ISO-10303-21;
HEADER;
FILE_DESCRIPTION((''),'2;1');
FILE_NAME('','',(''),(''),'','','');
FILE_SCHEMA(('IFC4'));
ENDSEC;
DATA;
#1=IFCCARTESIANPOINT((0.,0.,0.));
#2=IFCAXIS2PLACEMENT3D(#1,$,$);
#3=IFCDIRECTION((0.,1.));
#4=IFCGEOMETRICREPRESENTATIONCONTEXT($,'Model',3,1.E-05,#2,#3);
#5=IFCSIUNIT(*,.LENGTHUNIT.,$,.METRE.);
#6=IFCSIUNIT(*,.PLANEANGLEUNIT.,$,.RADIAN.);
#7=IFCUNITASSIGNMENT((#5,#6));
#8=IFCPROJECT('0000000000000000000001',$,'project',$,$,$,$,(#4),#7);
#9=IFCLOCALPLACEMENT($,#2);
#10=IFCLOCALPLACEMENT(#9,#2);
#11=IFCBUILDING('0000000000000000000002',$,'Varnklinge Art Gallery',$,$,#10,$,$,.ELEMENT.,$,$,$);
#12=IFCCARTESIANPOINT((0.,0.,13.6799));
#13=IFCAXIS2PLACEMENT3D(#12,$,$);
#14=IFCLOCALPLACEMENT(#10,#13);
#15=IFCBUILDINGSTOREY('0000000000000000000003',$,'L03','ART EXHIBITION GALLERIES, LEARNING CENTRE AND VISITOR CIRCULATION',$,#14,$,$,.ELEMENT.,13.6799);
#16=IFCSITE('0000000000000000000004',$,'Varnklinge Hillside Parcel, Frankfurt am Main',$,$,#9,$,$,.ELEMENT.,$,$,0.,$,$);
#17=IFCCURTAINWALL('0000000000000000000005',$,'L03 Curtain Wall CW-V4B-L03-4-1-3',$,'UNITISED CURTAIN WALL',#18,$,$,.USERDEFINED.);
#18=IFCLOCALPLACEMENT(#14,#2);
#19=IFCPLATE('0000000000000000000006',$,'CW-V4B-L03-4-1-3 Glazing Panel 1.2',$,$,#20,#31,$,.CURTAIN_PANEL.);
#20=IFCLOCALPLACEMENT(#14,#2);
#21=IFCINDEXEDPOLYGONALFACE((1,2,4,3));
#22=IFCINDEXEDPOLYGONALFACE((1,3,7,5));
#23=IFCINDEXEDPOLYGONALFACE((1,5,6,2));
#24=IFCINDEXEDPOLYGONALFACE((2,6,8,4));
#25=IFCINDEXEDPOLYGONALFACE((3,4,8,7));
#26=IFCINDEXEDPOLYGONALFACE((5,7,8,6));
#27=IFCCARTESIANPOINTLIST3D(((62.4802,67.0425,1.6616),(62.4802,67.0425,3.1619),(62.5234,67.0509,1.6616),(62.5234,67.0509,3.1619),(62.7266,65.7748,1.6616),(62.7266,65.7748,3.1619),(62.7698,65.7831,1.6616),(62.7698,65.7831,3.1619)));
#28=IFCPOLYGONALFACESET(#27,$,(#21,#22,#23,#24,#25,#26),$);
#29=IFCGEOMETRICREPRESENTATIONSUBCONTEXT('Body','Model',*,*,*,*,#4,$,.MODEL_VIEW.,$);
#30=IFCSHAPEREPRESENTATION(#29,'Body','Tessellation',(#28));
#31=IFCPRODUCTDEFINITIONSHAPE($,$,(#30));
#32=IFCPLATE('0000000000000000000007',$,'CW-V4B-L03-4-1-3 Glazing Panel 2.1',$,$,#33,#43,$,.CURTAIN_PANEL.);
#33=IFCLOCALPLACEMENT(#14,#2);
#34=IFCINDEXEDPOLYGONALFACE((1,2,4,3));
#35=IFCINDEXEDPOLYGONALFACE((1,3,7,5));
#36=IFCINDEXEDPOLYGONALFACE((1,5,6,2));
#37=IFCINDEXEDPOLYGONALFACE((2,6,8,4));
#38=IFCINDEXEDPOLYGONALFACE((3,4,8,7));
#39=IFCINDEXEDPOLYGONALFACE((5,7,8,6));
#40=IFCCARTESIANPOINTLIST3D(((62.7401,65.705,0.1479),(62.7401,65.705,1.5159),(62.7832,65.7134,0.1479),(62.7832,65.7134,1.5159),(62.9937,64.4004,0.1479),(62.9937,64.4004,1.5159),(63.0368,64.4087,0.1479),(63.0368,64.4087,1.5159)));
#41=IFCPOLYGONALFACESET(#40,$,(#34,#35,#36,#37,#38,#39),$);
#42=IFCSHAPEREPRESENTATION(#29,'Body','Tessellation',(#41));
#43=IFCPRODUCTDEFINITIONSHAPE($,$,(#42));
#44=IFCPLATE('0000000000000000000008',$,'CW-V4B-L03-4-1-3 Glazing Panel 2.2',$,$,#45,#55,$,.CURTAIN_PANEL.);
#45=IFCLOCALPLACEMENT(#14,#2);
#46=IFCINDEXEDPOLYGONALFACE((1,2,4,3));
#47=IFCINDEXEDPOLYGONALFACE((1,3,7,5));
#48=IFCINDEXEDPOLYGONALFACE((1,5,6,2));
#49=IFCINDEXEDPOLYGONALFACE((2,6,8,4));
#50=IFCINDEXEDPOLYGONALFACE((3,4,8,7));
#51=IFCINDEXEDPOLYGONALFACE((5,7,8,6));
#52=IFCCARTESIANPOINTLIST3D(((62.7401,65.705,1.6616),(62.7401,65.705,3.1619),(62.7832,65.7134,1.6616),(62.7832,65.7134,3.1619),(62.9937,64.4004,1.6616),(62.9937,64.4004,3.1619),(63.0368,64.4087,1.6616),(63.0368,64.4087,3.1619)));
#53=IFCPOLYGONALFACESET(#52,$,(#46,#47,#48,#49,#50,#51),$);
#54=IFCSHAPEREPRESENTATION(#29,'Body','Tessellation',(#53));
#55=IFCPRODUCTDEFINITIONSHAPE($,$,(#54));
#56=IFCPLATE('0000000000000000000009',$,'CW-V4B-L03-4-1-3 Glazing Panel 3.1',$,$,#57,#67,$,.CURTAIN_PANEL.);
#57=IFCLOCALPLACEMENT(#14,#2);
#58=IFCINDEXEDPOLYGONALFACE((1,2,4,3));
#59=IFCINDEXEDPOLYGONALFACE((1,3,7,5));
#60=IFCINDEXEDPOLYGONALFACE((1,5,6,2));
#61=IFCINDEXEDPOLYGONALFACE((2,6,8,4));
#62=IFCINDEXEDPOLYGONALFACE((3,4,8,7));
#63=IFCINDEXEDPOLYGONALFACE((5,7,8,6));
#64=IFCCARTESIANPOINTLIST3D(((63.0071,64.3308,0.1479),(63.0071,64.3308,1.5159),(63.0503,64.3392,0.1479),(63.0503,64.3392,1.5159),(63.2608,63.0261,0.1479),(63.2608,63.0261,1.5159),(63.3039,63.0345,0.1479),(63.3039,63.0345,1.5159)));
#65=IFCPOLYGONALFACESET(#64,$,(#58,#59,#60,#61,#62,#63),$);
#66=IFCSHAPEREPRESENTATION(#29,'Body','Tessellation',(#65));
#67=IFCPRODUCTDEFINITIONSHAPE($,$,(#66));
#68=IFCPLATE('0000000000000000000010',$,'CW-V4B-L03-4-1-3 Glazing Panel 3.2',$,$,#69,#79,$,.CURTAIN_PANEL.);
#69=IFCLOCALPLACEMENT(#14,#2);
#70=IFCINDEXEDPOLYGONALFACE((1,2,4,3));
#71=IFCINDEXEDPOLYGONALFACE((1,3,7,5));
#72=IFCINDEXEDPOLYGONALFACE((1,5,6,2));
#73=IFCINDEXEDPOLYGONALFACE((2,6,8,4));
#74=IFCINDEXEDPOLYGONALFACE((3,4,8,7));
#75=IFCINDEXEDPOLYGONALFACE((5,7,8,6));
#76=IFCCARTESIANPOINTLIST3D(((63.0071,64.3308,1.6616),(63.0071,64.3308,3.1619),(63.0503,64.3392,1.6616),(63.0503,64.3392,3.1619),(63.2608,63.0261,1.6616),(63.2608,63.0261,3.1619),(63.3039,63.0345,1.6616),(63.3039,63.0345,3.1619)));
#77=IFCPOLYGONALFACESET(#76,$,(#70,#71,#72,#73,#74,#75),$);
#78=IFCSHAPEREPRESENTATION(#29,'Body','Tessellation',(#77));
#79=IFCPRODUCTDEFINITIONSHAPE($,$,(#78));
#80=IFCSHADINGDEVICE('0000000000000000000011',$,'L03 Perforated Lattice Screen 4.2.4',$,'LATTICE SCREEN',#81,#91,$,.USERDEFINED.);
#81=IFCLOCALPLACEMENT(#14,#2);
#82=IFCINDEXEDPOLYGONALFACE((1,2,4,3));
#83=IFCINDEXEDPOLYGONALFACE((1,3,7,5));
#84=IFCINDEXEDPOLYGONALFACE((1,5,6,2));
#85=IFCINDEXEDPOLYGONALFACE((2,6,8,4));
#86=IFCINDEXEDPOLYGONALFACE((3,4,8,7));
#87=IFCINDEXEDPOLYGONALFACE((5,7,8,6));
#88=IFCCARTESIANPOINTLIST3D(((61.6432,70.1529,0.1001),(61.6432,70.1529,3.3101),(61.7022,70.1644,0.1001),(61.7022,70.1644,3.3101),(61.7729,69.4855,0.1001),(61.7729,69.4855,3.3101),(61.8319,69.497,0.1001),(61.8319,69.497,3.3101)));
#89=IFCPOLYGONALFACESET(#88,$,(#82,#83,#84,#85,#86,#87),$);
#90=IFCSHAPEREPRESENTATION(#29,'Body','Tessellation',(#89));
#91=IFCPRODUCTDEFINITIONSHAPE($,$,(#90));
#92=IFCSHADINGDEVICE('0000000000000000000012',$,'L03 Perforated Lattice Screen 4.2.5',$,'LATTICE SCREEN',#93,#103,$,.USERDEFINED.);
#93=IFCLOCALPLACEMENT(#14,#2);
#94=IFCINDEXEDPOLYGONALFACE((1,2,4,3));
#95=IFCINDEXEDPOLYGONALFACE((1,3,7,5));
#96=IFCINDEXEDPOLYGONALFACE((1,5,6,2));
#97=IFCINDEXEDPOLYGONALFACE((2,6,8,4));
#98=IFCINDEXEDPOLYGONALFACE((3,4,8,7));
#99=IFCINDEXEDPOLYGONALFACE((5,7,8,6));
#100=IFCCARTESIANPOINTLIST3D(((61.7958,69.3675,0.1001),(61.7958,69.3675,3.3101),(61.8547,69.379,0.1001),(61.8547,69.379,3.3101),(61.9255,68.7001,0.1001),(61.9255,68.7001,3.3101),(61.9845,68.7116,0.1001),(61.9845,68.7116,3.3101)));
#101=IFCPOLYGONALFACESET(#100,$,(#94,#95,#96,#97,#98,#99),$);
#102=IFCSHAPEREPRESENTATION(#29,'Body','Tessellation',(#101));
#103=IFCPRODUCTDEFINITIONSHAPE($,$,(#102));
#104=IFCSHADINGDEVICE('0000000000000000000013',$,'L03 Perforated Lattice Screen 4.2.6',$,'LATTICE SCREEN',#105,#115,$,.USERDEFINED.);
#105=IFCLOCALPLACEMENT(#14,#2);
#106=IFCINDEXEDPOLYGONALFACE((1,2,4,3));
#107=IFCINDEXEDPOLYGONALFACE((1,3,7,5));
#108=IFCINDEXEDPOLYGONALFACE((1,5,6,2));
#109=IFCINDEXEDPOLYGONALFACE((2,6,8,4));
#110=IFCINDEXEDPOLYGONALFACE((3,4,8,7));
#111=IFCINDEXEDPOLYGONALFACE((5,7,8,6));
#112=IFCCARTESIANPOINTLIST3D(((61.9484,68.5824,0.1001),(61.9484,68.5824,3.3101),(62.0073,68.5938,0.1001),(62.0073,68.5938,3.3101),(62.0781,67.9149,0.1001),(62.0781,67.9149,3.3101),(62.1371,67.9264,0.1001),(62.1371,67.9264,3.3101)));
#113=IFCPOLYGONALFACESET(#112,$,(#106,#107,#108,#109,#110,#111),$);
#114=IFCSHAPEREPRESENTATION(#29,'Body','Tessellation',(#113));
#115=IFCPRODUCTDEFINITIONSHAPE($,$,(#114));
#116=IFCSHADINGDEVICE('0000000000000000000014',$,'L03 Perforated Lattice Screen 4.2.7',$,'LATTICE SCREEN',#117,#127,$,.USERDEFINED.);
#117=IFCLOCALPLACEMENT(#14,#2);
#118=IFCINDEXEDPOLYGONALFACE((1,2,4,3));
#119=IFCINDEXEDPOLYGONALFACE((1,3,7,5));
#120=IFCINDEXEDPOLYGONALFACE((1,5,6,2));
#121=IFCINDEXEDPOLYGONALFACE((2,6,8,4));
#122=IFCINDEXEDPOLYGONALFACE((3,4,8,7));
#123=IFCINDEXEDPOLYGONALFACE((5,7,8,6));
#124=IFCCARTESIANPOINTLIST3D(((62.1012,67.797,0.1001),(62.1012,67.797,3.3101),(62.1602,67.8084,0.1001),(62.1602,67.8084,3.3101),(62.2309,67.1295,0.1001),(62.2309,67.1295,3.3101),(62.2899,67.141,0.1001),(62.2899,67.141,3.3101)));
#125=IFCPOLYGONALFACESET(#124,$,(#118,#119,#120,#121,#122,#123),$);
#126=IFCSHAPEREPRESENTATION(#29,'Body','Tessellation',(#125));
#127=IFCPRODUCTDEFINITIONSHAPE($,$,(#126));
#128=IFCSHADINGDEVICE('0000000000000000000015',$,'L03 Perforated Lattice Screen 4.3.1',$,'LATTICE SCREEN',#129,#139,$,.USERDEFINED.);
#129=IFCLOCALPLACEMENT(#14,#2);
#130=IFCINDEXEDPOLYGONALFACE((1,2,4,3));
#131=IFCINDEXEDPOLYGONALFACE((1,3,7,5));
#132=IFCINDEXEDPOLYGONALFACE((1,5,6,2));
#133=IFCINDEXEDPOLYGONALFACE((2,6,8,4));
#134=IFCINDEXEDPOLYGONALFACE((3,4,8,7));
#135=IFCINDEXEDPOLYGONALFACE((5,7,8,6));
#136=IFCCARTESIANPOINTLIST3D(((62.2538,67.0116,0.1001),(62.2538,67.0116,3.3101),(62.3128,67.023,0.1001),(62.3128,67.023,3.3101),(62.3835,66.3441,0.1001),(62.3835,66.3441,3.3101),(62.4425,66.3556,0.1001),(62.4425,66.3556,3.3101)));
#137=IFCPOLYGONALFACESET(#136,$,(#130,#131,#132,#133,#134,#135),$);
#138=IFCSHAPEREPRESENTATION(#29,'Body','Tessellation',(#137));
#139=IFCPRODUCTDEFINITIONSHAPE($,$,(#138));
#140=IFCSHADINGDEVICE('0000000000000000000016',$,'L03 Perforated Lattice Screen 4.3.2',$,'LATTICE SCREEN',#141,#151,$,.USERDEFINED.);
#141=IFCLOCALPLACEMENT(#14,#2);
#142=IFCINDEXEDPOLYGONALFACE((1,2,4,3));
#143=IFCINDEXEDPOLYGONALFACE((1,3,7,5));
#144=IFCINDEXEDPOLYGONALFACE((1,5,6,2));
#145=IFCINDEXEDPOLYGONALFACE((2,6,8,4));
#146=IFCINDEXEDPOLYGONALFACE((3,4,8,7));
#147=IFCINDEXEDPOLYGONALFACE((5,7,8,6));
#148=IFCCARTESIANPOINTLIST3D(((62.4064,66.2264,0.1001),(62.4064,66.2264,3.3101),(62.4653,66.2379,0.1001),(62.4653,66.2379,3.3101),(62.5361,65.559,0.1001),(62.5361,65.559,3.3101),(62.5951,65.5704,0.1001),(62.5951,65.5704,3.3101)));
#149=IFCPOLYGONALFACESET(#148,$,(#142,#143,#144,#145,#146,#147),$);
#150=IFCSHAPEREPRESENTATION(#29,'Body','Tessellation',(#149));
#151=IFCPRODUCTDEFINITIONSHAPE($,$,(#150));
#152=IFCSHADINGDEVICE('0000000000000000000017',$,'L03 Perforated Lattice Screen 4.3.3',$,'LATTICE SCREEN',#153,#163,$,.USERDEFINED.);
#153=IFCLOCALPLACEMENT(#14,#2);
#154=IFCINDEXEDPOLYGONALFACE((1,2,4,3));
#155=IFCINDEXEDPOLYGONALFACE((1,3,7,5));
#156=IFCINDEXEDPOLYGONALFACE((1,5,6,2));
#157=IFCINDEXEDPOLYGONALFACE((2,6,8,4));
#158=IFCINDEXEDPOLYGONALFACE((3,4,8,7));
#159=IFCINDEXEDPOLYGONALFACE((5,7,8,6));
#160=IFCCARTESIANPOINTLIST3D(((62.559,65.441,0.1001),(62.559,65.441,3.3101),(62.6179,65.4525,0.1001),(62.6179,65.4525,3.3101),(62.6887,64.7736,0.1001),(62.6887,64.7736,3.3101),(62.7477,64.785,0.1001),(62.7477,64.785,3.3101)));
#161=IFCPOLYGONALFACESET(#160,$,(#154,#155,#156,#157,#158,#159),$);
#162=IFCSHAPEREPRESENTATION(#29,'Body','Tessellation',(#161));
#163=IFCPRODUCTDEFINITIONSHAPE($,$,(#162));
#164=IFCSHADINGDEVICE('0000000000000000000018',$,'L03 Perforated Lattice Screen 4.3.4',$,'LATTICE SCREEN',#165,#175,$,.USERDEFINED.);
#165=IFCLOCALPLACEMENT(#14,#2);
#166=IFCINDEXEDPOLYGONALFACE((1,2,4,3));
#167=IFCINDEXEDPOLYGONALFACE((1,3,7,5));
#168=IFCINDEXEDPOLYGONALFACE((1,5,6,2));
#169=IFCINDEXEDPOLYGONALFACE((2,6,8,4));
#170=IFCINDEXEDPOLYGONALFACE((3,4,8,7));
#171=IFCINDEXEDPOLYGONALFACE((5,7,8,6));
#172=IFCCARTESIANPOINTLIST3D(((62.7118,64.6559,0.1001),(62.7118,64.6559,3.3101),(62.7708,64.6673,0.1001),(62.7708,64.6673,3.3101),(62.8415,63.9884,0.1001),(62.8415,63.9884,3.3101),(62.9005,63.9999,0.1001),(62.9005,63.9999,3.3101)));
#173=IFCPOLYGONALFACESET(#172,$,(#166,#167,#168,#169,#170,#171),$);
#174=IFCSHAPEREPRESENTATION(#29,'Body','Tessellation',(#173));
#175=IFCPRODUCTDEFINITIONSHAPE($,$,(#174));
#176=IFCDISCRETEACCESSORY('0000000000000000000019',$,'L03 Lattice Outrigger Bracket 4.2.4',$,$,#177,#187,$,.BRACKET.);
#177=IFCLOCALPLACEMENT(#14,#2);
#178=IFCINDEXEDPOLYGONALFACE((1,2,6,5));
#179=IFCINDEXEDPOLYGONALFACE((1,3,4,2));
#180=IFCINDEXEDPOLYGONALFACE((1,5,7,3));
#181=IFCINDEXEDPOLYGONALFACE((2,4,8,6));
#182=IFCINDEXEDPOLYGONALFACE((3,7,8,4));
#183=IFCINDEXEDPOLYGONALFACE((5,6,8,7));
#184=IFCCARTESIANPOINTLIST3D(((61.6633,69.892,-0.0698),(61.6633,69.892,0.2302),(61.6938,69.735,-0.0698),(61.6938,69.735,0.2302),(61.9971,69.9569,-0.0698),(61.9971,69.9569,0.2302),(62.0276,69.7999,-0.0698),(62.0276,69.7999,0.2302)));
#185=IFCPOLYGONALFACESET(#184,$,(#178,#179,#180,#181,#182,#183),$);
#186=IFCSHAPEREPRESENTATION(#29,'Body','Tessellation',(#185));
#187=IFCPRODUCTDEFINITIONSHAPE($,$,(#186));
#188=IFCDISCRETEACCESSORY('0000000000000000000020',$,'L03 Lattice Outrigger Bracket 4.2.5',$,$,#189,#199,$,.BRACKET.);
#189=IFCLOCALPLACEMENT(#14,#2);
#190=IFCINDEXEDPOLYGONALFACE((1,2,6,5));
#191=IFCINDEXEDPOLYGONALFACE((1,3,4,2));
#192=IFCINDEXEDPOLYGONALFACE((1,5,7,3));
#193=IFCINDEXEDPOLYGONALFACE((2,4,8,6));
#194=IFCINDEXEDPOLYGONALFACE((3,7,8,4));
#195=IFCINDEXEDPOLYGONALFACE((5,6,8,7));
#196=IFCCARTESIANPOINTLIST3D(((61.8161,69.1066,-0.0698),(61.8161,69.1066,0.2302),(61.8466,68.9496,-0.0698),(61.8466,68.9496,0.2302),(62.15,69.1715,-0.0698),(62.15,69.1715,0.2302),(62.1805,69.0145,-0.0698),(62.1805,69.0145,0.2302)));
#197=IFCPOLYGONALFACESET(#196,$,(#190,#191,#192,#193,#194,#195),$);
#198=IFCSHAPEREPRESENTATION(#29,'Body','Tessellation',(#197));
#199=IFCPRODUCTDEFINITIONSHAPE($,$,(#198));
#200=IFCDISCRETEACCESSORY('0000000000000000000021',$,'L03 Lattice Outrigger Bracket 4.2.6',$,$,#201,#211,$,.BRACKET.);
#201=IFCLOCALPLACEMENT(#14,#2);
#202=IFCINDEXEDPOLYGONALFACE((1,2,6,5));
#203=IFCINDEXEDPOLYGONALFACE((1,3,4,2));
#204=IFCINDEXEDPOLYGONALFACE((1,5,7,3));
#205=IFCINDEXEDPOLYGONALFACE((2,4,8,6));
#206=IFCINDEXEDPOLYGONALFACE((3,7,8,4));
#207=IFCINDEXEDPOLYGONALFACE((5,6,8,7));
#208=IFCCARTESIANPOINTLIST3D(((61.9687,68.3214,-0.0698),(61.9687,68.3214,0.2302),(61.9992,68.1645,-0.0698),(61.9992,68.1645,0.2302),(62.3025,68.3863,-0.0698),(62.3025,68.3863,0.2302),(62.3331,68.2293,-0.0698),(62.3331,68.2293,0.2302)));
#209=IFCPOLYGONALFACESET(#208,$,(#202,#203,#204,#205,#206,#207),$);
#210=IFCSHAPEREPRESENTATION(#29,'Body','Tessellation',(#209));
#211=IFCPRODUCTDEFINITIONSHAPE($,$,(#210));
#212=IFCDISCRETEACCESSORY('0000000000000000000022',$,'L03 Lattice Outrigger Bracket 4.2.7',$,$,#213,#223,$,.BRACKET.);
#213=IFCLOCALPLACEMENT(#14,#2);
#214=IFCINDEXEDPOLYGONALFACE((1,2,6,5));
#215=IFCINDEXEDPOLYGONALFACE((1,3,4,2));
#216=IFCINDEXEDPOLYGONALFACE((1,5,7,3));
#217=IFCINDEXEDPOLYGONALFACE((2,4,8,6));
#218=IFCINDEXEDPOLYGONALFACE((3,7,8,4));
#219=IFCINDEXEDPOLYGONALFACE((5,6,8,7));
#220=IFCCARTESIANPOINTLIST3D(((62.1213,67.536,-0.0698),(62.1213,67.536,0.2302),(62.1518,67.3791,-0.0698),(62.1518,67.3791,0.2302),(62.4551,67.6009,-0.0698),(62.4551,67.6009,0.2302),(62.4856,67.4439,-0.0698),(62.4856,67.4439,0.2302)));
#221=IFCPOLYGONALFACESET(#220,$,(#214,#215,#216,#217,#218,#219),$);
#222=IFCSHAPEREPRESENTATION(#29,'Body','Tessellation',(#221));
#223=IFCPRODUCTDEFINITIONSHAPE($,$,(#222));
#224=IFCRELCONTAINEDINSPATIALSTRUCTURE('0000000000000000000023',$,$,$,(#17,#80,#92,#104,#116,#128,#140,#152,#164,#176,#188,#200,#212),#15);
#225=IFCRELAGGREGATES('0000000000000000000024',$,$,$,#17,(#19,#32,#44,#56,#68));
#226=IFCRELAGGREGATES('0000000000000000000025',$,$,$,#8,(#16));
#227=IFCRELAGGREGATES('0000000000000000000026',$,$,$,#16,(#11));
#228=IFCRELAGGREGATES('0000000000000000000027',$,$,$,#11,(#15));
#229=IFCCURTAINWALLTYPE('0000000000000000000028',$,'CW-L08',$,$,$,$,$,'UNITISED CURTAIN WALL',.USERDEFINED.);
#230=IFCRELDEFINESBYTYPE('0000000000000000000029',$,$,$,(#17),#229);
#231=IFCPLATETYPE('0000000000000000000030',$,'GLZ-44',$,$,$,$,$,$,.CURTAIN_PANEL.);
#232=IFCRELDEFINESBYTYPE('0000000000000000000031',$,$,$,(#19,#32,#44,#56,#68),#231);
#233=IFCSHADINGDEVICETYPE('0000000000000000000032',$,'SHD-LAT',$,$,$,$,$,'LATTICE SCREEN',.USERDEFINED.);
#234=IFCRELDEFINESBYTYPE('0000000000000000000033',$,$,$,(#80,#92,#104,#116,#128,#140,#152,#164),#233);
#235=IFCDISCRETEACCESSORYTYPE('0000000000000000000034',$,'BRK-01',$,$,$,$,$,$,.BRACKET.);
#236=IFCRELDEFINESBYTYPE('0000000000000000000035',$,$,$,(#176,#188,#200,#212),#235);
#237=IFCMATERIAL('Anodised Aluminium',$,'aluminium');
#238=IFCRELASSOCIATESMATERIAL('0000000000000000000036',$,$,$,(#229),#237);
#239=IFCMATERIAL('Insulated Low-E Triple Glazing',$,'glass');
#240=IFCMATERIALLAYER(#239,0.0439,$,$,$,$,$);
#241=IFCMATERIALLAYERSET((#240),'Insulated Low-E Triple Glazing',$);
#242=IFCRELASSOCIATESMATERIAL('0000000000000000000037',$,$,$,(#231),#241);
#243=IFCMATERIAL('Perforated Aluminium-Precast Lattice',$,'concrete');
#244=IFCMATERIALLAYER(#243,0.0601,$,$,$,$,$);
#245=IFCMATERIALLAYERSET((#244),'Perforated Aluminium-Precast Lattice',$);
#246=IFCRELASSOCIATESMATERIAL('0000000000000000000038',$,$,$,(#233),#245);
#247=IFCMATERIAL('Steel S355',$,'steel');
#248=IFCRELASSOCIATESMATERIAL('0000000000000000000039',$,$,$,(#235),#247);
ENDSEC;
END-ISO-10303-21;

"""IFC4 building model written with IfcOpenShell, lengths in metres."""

from ifc_helpers import new_model, si_unit, direction, frame, origin, origin_2d, place, context, subcontext, project, spatial, rectangle, extrude, material, layer, layer_set, type_object, element, aggregate, save


model = new_model("IFC4")

# Units and contexts
model_context = context("Model", 3, precision=1e-05, world=origin(), true_north=direction((0.0, 1.0)))
body_context = subcontext(model_context, "Body", "Model", "MODEL_VIEW")
ifc_project = project(units=[si_unit("LENGTHUNIT", "METRE"), si_unit("PLANEANGLEUNIT", "RADIAN")], contexts=[model_context])

# Site, building, storey
site_placement = place(None, origin())
site = spatial("IfcSite", under=ifc_project, at=site_placement, Name="Varnklinge Hillside Parcel, Frankfurt am Main", CompositionType="ELEMENT", RefElevation=0.0)
building_placement = place(site_placement, origin())
building = spatial("IfcBuilding", under=site, at=building_placement, Name="Varnklinge Art Gallery", CompositionType="ELEMENT")
storey_placement = place(building_placement, frame((0.0, 0.0, 13.6799)))
storey = spatial("IfcBuildingStorey", under=building, at=storey_placement, Name="L03", Description="ART EXHIBITION GALLERIES, LEARNING CENTRE AND VISITOR CIRCULATION", CompositionType="ELEMENT", Elevation=13.6799)

# Curtain wall
ifc_material_1 = material(Name="Anodised Aluminium", Category="aluminium")
curtain_wall_type = type_object("IfcCurtainWallType", Name="CW-L08", ElementType="UNITISED CURTAIN WALL", PredefinedType="USERDEFINED", material=ifc_material_1)
curtain_wall_1_placement = place(storey_placement, origin())
curtain_wall_1 = element("IfcCurtainWall", 1, at=curtain_wall_1_placement, inside=storey, type_object=curtain_wall_type, Name="L03 Curtain Wall CW-V4B-L03-4-1-3", ObjectType="UNITISED CURTAIN WALL", PredefinedType="USERDEFINED")

# Plates
ifc_material_2 = material(Name="Insulated Low-E Triple Glazing", Category="glass")
ifc_layer_1 = layer(ifc_material_2, 0.0439)
ifc_layer_set_1 = layer_set([ifc_layer_1], Name="Insulated Low-E Triple Glazing")
plate_type = type_object("IfcPlateType", Name="GLZ-44", PredefinedType="CURTAIN_PANEL", material=ifc_layer_set_1)
plate_1_placement = place(storey_placement, frame((62.625, 66.4128, 1.6616), z_axis=(0.0, 0.0, 1.0), x_axis=(0.190809, -0.981627, 0.0)))
plate_1 = element("IfcPlate", 2, at=plate_1_placement, type_object=plate_type, Name="CW-V4B-L03-4-1-3 Glazing Panel 1.2", PredefinedType="CURTAIN_PANEL", context=body_context, shape_type="SweptSolid", body=[
    extrude(rectangle(XDim=1.2915, YDim=0.0439, at=origin_2d()), origin(), (0.0, 0.0, 1.0), 1.5002),
])
plate_2_placement = place(storey_placement, frame((62.8884, 65.0569, 0.1479), z_axis=(0.0, 0.0, 1.0), x_axis=(0.190809, -0.981627, 0.0)))
plate_2 = element("IfcPlate", 3, at=plate_2_placement, type_object=plate_type, Name="CW-V4B-L03-4-1-3 Glazing Panel 2.1", PredefinedType="CURTAIN_PANEL", context=body_context, shape_type="SweptSolid", body=[
    extrude(rectangle(XDim=1.3291, YDim=0.0439, at=origin_2d()), origin(), (0.0, 0.0, 1.0), 1.3679),
])
plate_3_placement = place(storey_placement, frame((62.8884, 65.0569, 1.6616), z_axis=(0.0, 0.0, 1.0), x_axis=(0.190809, -0.981627, 0.0)))
plate_3 = element("IfcPlate", 4, at=plate_3_placement, type_object=plate_type, Name="CW-V4B-L03-4-1-3 Glazing Panel 2.2", PredefinedType="CURTAIN_PANEL", context=body_context, shape_type="SweptSolid", body=[
    extrude(rectangle(XDim=1.3291, YDim=0.0439, at=origin_2d()), origin(), (0.0, 0.0, 1.0), 1.5002),
])
plate_4_placement = place(storey_placement, frame((63.1555, 63.6826, 0.1479), z_axis=(0.0, 0.0, 1.0), x_axis=(0.190809, -0.981627, 0.0)))
plate_4 = element("IfcPlate", 5, at=plate_4_placement, type_object=plate_type, Name="CW-V4B-L03-4-1-3 Glazing Panel 3.1", PredefinedType="CURTAIN_PANEL", context=body_context, shape_type="SweptSolid", body=[
    extrude(rectangle(XDim=1.3291, YDim=0.0439, at=origin_2d()), origin(), (0.0, 0.0, 1.0), 1.3679),
])
plate_5_placement = place(storey_placement, frame((63.1555, 63.6826, 1.6616), z_axis=(0.0, 0.0, 1.0), x_axis=(0.190809, -0.981627, 0.0)))
plate_5 = element("IfcPlate", 6, at=plate_5_placement, type_object=plate_type, Name="CW-V4B-L03-4-1-3 Glazing Panel 3.2", PredefinedType="CURTAIN_PANEL", context=body_context, shape_type="SweptSolid", body=[
    extrude(rectangle(XDim=1.3291, YDim=0.0439, at=origin_2d()), origin(), (0.0, 0.0, 1.0), 1.5002),
])
aggregate(curtain_wall_1, [plate_1, plate_2, plate_3, plate_4, plate_5])

# Shading devices
ifc_material_3 = material(Name="Perforated Aluminium-Precast Lattice", Category="concrete")
ifc_layer_2 = layer(ifc_material_3, 0.0601)
ifc_layer_set_2 = layer_set([ifc_layer_2], Name="Perforated Aluminium-Precast Lattice")
shading_device_type = type_object("IfcShadingDeviceType", Name="SHD-LAT", ElementType="LATTICE SCREEN", PredefinedType="USERDEFINED", material=ifc_layer_set_2)
for number, where, z_axis, x_axis, name in (
    (7, (61.7375, 69.825, 0.1001), (0.0, 0.0, 1.0), (0.190809, -0.981627, 0.0), "L03 Perforated Lattice Screen 4.2.4"),
    (8, (61.8901, 69.0396, 0.1001), (0.0, 0.0, 1.0), (0.190809, -0.981627, 0.0), "L03 Perforated Lattice Screen 4.2.5"),
    (9, (62.0427, 68.2544, 0.1001), (0.0, 0.0, 1.0), (0.190809, -0.981627, 0.0), "L03 Perforated Lattice Screen 4.2.6"),
    (10, (62.1956, 67.469, 0.1001), (0.0, 0.0, 1.0), (0.190809, -0.981627, 0.0), "L03 Perforated Lattice Screen 4.2.7"),
    (11, (62.3481, 66.6836, 0.1001), (0.0, 0.0, 1.0), (0.190809, -0.981627, 0.0), "L03 Perforated Lattice Screen 4.3.1"),
    (12, (62.5007, 65.8984, 0.1001), (0.0, 0.0, 1.0), (0.190809, -0.981627, 0.0), "L03 Perforated Lattice Screen 4.3.2"),
    (13, (62.6533, 65.113, 0.1001), (0.0, 0.0, 1.0), (0.190809, -0.981627, 0.0), "L03 Perforated Lattice Screen 4.3.3"),
    (14, (62.8062, 64.3279, 0.1001), (0.0, 0.0, 1.0), (0.190809, -0.981627, 0.0), "L03 Perforated Lattice Screen 4.3.4"),
):
    element("IfcShadingDevice", number, at=place(storey_placement, frame(where, z_axis=z_axis, x_axis=x_axis)), inside=storey, type_object=shading_device_type, Name=name, ObjectType="LATTICE SCREEN", PredefinedType="USERDEFINED", context=body_context, shape_type="SweptSolid", body=[
        extrude(rectangle(XDim=0.6799, YDim=0.0601, at=origin_2d()), origin(), (0.0, 0.0, 1.0), 3.21),
    ])

# Discrete accessories
ifc_material_4 = material(Name="Steel S355", Category="steel")
discrete_accessory_type = type_object("IfcDiscreteAccessoryType", Name="BRK-01", PredefinedType="BRACKET", material=ifc_material_4)
for number, where, z_axis, x_axis, name in (
    (15, (61.8455, 69.8459, -0.0698), (0.0, 0.0, 1.0), (0.190809, -0.981627, 0.0), "L03 Lattice Outrigger Bracket 4.2.4"),
    (16, (61.9983, 69.0605, -0.0698), (0.0, 0.0, 1.0), (0.190809, -0.981627, 0.0), "L03 Lattice Outrigger Bracket 4.2.5"),
    (17, (62.1509, 68.2754, -0.0698), (0.0, 0.0, 1.0), (0.190809, -0.981627, 0.0), "L03 Lattice Outrigger Bracket 4.2.6"),
    (18, (62.3035, 67.49, -0.0698), (0.0, 0.0, 1.0), (0.190809, -0.981627, 0.0), "L03 Lattice Outrigger Bracket 4.2.7"),
):
    element("IfcDiscreteAccessory", number, at=place(storey_placement, frame(where, z_axis=z_axis, x_axis=x_axis)), inside=storey, type_object=discrete_accessory_type, Name=name, PredefinedType="BRACKET", context=body_context, shape_type="SweptSolid", body=[
        extrude(rectangle(XDim=0.1599, YDim=0.3401, at=origin_2d()), origin(), (0.0, 0.0, 1.0), 0.3),
    ])

save(model, "model.ifc")
